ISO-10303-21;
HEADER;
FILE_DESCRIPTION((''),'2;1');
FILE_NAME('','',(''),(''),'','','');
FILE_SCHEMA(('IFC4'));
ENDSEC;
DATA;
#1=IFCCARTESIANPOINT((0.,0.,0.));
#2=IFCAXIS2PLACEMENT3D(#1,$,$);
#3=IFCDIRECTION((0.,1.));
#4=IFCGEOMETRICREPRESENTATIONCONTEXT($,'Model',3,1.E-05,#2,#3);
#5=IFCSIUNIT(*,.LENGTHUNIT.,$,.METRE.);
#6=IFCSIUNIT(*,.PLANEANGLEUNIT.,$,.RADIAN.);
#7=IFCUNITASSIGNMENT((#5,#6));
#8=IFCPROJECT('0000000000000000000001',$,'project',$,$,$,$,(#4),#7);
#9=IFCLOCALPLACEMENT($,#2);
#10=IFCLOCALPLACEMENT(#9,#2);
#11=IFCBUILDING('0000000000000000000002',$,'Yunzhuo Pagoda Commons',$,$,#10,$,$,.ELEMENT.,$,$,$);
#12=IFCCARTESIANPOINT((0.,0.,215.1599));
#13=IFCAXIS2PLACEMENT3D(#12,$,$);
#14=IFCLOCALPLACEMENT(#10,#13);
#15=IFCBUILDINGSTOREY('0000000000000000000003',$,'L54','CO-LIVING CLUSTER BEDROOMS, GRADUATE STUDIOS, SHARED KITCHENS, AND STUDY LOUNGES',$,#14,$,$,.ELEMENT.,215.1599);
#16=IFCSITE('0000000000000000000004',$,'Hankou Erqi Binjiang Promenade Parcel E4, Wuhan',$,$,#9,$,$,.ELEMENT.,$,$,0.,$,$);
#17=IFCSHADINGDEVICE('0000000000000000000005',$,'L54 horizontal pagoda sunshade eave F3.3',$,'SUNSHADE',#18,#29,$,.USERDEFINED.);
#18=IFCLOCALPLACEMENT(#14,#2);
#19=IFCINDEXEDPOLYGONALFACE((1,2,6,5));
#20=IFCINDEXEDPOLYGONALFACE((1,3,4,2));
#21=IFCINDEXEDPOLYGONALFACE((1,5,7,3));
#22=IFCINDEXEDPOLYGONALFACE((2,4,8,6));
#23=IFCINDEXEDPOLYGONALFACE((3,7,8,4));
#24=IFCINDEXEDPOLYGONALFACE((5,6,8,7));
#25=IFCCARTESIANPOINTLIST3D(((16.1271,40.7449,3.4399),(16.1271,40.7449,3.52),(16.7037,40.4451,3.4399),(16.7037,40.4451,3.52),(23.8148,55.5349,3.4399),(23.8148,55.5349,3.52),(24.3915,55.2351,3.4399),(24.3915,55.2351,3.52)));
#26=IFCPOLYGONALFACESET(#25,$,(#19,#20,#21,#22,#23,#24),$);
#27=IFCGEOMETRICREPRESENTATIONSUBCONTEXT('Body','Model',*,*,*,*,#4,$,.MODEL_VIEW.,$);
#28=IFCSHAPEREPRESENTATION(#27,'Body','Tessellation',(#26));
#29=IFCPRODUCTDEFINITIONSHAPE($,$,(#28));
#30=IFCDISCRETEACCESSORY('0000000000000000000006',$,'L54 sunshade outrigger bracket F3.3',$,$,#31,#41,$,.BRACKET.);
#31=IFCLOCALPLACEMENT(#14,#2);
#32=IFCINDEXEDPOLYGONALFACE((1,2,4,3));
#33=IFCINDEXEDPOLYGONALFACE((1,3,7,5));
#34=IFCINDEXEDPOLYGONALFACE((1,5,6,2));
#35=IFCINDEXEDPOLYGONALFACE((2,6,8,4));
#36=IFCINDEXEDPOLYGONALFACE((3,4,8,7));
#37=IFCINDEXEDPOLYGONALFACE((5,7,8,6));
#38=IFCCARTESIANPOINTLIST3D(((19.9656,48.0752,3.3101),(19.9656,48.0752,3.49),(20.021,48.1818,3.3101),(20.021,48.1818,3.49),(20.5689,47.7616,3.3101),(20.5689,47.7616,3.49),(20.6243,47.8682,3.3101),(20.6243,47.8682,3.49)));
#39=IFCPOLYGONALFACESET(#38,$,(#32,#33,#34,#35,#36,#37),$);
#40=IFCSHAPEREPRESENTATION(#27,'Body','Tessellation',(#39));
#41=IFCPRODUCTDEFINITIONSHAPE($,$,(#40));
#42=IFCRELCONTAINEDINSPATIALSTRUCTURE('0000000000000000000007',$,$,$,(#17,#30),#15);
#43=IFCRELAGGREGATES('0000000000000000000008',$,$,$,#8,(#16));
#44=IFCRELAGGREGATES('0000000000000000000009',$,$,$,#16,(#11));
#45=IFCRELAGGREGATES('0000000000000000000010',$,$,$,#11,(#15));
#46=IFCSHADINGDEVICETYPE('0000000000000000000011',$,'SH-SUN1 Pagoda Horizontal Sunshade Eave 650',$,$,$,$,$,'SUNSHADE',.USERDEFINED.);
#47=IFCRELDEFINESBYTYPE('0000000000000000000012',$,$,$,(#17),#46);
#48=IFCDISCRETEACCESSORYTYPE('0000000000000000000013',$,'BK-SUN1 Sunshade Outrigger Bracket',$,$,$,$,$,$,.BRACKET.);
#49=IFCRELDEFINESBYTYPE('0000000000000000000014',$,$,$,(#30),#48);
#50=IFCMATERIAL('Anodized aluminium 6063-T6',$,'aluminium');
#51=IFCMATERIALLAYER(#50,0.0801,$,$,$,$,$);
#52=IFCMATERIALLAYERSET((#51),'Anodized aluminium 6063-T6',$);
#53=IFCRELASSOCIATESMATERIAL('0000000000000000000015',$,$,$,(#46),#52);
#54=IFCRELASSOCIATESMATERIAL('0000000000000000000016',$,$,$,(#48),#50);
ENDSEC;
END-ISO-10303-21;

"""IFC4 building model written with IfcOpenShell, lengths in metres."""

from ifc_helpers import new_model, si_unit, direction, frame, origin, origin_2d, place, context, subcontext, project, spatial, rectangle, extrude, source, transform, mapped, material, layer, layer_set, type_object, element, save


model = new_model("IFC4")

# Units and contexts
model_context = context("Model", 3, precision=1e-05, world=origin(), true_north=direction((0.0, 1.0)))
body_context = subcontext(model_context, "Body", "Model", "MODEL_VIEW")
ifc_project = project(units=[si_unit("LENGTHUNIT", "METRE"), si_unit("PLANEANGLEUNIT", "RADIAN")], contexts=[model_context])

# Site, building, storey
site_placement = place(None, origin())
site = spatial("IfcSite", under=ifc_project, at=site_placement, Name="Hankou Erqi Binjiang Promenade Parcel E4, Wuhan", CompositionType="ELEMENT", RefElevation=0.0)
building_placement = place(site_placement, origin())
building = spatial("IfcBuilding", under=site, at=building_placement, Name="Yunzhuo Pagoda Commons", CompositionType="ELEMENT")
storey_placement = place(building_placement, frame((0.0, 0.0, 215.1599)))
storey = spatial("IfcBuildingStorey", under=building, at=storey_placement, Name="L54", Description="CO-LIVING CLUSTER BEDROOMS, GRADUATE STUDIOS, SHARED KITCHENS, AND STUDY LOUNGES", CompositionType="ELEMENT", Elevation=215.1599)

# Shared definitions
ifc_material_1 = material(Name="Anodized aluminium 6063-T6", Category="aluminium")

# Shading device
ifc_layer_1 = layer(ifc_material_1, 0.0801)
ifc_layer_set_1 = layer_set([ifc_layer_1], Name="Anodized aluminium 6063-T6")
shading_device_type = type_object("IfcShadingDeviceType", Name="SH-SUN1 Pagoda Horizontal Sunshade Eave 650", ElementType="SUNSHADE", PredefinedType="USERDEFINED", material=ifc_layer_set_1)
shared_shape_1 = source(origin(), body_context, "Body", "SweptSolid", [
    extrude(rectangle(XDim=16.6687, YDim=0.6499, at=origin_2d()), origin(), (0.0, 0.0, 1.0), 0.0801),
])
shading_device_placement = place(storey_placement, frame((20.2593, 47.99, 3.4399), z_axis=(0.0, 0.0, 1.0), x_axis=(-0.461207, -0.887293, 0.0)))
element("IfcShadingDevice", 1, at=shading_device_placement, inside=storey, type_object=shading_device_type, Name="L54 horizontal pagoda sunshade eave F3.3", ObjectType="SUNSHADE", PredefinedType="USERDEFINED", context=body_context, shape_type="MappedRepresentation", body=[
    mapped(shared_shape_1, transform((0.0, 0.0, 0.0), scale=1.0)),
])

# Discrete accessory
discrete_accessory_type = type_object("IfcDiscreteAccessoryType", Name="BK-SUN1 Sunshade Outrigger Bracket", PredefinedType="BRACKET", material=ifc_material_1)
shared_shape_2 = source(origin(), body_context, "Body", "SweptSolid", [
    extrude(rectangle(XDim=0.1201, YDim=0.6799, at=origin_2d()), origin(), (0.0, 0.0, 1.0), 0.1799),
])
discrete_accessory_placement = place(storey_placement, frame((20.2949, 47.9717, 3.3101), z_axis=(0.0, 0.0, 1.0), x_axis=(-0.461207, -0.887293, 0.0)))
element("IfcDiscreteAccessory", 2, at=discrete_accessory_placement, inside=storey, type_object=discrete_accessory_type, Name="L54 sunshade outrigger bracket F3.3", PredefinedType="BRACKET", context=body_context, shape_type="MappedRepresentation", body=[
    mapped(shared_shape_2, transform((0.0, 0.0, 0.0), scale=1.0)),
])

save(model, "model.ifc")
